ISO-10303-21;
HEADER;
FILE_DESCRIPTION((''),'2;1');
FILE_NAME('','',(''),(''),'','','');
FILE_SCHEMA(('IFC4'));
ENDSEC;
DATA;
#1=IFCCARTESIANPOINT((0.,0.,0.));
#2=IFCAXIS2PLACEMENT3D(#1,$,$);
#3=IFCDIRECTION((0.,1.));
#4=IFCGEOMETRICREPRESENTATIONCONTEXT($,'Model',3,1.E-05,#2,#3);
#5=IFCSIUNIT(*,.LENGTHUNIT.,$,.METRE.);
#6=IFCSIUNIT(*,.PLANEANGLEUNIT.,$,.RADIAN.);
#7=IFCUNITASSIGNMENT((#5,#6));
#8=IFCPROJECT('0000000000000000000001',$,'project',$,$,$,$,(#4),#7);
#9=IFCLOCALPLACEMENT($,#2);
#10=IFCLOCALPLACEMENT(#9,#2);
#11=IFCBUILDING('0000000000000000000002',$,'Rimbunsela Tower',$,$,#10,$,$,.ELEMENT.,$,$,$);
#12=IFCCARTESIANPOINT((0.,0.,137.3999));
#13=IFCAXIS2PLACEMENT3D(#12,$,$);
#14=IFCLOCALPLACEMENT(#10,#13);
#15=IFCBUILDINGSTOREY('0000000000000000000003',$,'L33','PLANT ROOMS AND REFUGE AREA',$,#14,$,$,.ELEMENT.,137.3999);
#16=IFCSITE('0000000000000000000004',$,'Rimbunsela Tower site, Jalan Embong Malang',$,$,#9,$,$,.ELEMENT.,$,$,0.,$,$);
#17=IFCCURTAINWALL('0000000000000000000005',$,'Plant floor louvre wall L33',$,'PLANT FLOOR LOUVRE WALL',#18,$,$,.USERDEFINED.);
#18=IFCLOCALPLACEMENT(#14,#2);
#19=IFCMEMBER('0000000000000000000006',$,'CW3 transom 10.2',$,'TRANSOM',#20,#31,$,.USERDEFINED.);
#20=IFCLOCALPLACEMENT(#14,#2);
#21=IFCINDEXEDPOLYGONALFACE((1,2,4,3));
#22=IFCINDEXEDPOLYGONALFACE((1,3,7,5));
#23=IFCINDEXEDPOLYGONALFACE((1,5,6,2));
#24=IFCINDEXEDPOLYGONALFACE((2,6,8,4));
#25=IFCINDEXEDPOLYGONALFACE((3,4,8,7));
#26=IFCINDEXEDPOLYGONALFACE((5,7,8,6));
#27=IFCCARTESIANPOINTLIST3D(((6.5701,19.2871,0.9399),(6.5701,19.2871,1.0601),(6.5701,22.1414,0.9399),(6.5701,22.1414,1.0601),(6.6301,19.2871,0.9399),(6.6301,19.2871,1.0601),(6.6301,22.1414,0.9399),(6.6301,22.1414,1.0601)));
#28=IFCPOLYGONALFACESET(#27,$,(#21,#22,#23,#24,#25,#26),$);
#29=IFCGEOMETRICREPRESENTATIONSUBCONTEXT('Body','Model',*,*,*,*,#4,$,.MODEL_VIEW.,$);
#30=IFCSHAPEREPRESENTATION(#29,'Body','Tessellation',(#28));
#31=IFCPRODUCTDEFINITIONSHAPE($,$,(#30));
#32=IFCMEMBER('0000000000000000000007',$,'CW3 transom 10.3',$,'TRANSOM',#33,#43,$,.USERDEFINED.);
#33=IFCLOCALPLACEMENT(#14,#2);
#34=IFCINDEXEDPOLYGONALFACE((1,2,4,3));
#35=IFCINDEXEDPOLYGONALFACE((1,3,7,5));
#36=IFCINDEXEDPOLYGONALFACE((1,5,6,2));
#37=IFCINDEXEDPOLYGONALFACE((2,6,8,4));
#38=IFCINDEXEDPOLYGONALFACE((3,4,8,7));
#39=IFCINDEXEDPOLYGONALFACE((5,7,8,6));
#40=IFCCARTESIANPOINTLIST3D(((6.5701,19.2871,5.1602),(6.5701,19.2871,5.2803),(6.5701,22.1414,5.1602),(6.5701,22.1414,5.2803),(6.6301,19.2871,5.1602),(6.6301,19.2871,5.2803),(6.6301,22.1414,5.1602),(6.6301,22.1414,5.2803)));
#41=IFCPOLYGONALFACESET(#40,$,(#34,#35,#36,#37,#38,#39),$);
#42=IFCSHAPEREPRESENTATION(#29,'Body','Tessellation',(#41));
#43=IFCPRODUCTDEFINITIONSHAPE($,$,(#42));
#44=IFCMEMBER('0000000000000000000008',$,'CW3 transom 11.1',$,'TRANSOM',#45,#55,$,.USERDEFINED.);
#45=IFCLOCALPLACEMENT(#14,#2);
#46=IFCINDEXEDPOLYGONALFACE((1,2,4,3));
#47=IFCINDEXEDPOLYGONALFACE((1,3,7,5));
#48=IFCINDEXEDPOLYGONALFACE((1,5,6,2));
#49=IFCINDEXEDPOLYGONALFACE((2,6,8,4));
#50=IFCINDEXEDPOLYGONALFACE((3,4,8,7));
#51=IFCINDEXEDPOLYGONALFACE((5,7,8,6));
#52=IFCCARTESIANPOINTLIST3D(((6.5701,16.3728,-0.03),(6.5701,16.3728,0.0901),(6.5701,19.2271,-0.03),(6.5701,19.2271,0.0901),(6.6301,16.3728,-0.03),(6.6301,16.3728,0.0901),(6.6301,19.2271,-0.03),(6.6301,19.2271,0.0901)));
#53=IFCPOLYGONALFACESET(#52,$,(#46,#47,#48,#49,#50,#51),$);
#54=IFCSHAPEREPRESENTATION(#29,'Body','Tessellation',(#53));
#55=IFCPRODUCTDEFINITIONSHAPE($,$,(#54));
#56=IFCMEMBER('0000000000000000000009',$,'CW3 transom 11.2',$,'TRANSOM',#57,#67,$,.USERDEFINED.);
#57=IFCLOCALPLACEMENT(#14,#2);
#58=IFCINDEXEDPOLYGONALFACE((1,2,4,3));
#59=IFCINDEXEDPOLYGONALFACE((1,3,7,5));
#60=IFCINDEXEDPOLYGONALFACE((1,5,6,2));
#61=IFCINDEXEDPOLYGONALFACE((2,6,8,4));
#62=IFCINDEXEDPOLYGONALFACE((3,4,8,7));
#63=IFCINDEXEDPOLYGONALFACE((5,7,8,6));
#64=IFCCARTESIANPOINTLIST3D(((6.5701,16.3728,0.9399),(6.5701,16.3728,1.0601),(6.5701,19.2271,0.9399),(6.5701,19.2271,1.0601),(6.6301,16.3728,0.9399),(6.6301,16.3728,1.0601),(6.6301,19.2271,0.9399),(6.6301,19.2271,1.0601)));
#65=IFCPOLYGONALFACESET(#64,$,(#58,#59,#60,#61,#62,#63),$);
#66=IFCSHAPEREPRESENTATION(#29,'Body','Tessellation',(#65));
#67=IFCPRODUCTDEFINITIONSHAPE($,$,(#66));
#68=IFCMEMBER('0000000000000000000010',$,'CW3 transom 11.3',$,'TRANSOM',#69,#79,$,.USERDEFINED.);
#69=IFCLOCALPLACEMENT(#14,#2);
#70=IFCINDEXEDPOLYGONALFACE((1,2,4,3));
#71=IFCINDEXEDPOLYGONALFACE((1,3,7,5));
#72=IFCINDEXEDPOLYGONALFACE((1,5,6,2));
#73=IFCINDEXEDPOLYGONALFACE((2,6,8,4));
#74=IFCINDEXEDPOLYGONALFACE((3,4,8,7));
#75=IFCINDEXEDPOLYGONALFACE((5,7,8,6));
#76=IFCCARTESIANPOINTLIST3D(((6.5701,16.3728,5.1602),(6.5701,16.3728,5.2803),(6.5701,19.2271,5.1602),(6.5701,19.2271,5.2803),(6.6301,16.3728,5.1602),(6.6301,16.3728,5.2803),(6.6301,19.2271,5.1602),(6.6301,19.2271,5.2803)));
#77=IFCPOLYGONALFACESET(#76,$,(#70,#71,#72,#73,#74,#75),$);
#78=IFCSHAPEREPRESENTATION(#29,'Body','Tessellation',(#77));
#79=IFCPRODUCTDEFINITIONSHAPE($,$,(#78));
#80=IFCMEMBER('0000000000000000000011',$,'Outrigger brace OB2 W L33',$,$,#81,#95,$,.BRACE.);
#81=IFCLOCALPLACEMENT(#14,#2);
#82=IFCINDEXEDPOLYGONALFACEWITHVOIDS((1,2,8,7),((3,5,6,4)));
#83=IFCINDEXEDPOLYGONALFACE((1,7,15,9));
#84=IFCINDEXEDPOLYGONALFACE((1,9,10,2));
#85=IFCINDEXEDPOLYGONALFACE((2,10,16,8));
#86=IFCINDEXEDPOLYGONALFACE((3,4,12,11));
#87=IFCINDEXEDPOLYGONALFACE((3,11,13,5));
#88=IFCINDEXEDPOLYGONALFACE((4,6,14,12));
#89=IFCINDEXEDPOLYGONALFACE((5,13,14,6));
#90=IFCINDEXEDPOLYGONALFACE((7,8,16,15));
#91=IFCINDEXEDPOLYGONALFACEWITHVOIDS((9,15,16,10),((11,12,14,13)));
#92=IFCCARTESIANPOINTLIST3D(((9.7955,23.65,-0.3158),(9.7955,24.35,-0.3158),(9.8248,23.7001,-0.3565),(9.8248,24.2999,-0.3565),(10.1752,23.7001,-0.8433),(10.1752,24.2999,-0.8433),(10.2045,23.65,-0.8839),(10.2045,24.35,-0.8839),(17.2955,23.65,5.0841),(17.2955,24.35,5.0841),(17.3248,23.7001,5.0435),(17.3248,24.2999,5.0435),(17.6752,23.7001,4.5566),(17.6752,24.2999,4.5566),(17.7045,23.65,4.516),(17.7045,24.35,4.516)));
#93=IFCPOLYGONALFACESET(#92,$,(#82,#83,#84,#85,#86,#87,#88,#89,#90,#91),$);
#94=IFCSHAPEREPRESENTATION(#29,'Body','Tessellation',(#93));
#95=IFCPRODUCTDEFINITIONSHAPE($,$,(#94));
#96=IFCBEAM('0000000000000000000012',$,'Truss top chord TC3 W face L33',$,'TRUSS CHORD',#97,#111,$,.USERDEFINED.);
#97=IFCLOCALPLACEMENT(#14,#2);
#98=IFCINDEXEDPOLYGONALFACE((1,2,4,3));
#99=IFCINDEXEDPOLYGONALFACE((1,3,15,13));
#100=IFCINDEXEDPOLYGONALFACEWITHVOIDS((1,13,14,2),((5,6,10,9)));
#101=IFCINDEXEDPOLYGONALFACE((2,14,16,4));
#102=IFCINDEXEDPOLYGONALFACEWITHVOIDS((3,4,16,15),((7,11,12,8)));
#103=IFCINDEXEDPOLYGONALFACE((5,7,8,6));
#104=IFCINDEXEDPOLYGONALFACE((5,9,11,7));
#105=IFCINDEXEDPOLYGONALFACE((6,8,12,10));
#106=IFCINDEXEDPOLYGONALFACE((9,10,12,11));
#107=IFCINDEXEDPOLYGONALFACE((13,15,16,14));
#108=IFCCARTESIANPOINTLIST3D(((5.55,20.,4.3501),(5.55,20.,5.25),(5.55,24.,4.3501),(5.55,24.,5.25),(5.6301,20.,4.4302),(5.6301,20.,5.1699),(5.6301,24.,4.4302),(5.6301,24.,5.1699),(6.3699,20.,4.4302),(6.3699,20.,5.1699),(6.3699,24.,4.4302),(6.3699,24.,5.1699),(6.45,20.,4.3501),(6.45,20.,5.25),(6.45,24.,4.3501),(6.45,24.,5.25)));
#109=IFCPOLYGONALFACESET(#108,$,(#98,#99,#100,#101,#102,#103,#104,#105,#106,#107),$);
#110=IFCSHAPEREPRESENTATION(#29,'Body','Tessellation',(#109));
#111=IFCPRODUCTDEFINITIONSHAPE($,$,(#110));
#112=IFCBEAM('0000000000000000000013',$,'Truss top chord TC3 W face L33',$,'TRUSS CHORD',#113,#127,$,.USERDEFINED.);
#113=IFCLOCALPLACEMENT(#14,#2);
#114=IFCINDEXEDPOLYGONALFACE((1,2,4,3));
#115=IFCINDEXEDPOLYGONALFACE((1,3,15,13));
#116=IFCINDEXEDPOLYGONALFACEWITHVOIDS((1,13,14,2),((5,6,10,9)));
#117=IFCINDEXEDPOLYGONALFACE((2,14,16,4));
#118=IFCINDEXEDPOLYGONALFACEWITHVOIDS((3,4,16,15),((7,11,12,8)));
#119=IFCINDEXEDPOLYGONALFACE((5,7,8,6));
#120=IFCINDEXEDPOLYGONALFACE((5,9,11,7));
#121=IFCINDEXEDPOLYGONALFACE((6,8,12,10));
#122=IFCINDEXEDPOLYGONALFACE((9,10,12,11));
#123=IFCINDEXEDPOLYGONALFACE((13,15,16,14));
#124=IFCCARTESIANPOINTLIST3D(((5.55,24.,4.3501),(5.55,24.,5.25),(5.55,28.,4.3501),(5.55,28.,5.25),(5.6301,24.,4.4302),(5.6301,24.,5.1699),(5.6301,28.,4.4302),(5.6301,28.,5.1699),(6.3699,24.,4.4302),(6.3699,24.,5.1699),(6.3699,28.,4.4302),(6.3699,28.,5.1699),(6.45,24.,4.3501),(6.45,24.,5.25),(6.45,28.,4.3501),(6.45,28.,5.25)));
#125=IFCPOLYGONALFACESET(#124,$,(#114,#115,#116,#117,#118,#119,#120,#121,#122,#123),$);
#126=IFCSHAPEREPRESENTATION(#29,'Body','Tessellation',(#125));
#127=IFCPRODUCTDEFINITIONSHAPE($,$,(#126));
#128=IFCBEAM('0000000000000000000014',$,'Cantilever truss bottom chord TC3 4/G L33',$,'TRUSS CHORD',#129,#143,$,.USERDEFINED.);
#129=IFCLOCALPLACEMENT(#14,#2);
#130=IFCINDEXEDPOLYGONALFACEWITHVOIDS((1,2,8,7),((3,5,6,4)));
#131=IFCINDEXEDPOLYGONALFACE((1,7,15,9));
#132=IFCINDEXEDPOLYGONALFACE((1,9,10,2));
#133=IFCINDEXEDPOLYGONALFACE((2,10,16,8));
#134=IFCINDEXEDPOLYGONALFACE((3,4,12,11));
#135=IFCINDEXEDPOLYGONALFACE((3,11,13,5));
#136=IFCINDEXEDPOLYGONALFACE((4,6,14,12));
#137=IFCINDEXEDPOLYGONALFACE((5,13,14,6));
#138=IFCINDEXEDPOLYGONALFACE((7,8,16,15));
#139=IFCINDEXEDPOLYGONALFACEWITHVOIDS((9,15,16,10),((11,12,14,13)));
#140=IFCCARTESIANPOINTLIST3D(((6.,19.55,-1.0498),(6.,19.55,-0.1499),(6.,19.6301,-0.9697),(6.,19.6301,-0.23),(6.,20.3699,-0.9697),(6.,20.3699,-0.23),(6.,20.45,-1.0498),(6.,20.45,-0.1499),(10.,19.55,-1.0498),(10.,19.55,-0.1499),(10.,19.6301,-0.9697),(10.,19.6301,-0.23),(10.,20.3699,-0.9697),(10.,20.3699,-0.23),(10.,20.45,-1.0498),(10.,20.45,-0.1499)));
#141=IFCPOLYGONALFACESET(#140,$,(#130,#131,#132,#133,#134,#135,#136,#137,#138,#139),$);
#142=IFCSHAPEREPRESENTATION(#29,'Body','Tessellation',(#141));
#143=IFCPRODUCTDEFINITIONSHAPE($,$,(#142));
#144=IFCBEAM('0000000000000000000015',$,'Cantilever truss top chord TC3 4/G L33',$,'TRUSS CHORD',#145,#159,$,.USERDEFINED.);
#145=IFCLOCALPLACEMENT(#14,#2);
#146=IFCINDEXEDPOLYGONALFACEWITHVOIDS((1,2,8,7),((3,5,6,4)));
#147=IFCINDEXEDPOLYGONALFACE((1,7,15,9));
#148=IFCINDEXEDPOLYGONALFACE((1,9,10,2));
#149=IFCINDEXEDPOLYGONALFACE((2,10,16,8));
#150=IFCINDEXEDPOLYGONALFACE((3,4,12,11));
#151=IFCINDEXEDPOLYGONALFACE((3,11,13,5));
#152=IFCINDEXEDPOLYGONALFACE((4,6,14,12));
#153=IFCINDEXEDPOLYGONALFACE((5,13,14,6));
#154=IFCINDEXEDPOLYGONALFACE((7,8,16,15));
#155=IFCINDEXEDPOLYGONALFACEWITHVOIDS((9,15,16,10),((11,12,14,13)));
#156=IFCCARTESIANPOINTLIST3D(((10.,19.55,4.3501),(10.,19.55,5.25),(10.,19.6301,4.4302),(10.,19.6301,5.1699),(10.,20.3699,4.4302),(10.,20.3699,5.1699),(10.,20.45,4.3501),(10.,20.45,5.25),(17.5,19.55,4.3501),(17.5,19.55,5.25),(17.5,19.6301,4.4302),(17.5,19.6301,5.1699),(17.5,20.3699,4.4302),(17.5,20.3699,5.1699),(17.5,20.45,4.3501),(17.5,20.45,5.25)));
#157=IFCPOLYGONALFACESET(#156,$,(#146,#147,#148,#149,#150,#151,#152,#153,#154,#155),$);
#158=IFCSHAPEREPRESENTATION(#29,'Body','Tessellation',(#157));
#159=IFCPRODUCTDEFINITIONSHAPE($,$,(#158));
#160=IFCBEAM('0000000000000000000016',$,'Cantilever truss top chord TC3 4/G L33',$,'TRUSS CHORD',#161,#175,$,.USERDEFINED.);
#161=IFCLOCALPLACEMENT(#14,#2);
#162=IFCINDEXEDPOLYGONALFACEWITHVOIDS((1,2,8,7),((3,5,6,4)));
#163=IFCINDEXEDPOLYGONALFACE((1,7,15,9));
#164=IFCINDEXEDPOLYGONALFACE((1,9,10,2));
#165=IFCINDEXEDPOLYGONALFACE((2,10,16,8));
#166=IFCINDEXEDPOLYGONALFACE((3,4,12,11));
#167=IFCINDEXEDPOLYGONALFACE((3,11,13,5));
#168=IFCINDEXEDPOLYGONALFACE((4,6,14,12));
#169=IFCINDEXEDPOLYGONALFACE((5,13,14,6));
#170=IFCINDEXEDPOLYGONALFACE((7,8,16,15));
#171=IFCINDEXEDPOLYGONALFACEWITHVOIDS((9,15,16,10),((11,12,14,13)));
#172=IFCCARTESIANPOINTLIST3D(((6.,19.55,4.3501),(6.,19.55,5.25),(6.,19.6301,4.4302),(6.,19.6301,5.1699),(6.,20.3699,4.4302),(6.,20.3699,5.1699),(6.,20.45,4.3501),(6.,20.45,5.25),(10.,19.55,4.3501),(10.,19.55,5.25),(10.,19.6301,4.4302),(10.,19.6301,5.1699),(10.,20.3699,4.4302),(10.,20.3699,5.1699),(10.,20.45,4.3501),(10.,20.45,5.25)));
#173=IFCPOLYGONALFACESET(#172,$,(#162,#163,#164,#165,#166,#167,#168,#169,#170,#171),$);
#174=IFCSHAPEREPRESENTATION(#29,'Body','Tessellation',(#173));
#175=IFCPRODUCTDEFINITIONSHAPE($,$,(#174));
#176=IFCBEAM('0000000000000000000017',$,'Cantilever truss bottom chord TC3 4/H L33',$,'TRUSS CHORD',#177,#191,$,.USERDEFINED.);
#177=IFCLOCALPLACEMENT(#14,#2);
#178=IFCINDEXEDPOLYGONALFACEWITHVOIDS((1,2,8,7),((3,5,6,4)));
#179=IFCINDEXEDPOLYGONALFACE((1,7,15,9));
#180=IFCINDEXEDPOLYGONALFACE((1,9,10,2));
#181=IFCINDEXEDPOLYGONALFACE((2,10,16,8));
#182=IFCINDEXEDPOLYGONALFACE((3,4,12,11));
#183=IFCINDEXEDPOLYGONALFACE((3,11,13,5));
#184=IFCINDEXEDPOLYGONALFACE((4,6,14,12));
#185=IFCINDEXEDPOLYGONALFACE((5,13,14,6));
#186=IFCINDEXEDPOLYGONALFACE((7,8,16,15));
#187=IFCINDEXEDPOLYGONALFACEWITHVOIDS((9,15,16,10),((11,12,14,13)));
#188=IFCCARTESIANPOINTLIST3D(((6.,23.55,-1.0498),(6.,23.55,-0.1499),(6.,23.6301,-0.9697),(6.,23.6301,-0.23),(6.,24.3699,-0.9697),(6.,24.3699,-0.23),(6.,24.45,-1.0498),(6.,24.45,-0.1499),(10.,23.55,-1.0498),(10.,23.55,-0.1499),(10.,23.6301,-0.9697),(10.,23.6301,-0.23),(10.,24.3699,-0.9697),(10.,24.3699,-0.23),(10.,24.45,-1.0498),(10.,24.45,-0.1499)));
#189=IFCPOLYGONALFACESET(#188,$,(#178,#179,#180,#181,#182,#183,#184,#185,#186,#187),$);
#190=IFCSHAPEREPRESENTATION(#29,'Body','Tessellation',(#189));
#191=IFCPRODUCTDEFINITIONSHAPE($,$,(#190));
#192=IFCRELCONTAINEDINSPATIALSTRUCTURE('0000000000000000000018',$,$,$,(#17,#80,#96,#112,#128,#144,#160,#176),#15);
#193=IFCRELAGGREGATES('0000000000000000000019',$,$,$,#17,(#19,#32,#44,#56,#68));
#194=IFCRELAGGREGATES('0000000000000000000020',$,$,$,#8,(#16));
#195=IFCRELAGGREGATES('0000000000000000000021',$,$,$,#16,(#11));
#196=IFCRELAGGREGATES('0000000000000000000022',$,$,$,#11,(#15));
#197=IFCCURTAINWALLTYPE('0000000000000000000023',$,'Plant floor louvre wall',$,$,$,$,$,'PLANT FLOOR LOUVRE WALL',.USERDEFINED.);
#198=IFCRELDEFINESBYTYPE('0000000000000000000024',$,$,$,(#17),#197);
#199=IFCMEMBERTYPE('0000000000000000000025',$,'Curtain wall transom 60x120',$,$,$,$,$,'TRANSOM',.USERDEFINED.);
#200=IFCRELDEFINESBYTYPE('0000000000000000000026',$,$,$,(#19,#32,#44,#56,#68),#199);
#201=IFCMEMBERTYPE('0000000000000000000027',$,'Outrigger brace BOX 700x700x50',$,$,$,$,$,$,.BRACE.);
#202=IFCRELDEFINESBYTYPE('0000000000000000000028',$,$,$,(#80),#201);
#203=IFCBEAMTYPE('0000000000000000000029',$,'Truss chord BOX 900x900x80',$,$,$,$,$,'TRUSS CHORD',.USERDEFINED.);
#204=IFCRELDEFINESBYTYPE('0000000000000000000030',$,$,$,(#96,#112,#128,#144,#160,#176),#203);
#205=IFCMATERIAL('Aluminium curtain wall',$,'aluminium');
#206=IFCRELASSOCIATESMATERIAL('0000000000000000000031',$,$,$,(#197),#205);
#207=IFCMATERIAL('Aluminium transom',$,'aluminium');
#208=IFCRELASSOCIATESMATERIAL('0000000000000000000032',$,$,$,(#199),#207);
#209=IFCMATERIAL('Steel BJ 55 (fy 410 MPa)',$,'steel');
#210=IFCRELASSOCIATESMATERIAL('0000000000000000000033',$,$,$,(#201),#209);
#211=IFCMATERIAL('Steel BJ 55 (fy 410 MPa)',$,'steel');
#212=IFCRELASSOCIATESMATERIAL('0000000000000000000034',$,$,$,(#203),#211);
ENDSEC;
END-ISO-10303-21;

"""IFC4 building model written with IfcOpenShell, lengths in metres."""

from ifc_helpers import new_model, si_unit, direction, frame, origin, origin_2d, place, context, subcontext, project, spatial, rectangle, hollow_rectangle, extrude, material, material_profile, profile_set, type_object, element, aggregate, save


model = new_model("IFC4")

# Units and contexts
model_context = context("Model", 3, precision=1e-05, world=origin(), true_north=direction((0.0, 1.0)))
body_context = subcontext(model_context, "Body", "Model", "MODEL_VIEW")
ifc_project = project(units=[si_unit("LENGTHUNIT", "METRE"), si_unit("PLANEANGLEUNIT", "RADIAN")], contexts=[model_context])

# Site, building, storey
site_placement = place(None, origin())
site = spatial("IfcSite", under=ifc_project, at=site_placement, Name="Rimbunsela Tower site, Jalan Embong Malang", CompositionType="ELEMENT", RefElevation=0.0)
building_placement = place(site_placement, origin())
building = spatial("IfcBuilding", under=site, at=building_placement, Name="Rimbunsela Tower", CompositionType="ELEMENT")
storey_placement = place(building_placement, frame((0.0, 0.0, 137.3999)))
storey = spatial("IfcBuildingStorey", under=building, at=storey_placement, Name="L33", Description="PLANT ROOMS AND REFUGE AREA", CompositionType="ELEMENT", Elevation=137.3999)

# Curtain wall, members
ifc_material_1 = material(Name="Aluminium curtain wall", Category="aluminium")
curtain_wall_type = type_object("IfcCurtainWallType", Name="Plant floor louvre wall", ElementType="PLANT FLOOR LOUVRE WALL", PredefinedType="USERDEFINED", material=ifc_material_1)
curtain_wall_placement = place(storey_placement, origin())
curtain_wall = element("IfcCurtainWall", 1, at=curtain_wall_placement, inside=storey, type_object=curtain_wall_type, Name="Plant floor louvre wall L33", ObjectType="PLANT FLOOR LOUVRE WALL", PredefinedType="USERDEFINED")
ifc_material_2 = material(Name="Aluminium transom", Category="aluminium")
ifc_material_profile_1 = material_profile(ifc_material_2, rectangle(XDim=0.0601, YDim=0.1201, at=origin_2d()), Name="Transom 60x120")
ifc_profile_set_1 = profile_set([ifc_material_profile_1], Name="Aluminium transom")
member_type_1 = type_object("IfcMemberType", Name="Curtain wall transom 60x120", ElementType="TRANSOM", PredefinedType="USERDEFINED", material=ifc_profile_set_1)
member_1_placement = place(storey_placement, frame((6.6001, 22.1414, 1.0), z_axis=(0.0, -1.0, 0.0), x_axis=(1.0, 0.0, 0.0)))
member_1 = element("IfcMember", 2, at=member_1_placement, type_object=member_type_1, Name="CW3 transom 10.2", ObjectType="TRANSOM", PredefinedType="USERDEFINED", context=body_context, shape_type="SweptSolid", body=[
    extrude(rectangle(XDim=0.0601, YDim=0.1201, at=origin_2d()), origin(), (0.0, 0.0, 1.0), 2.8542),
])
member_2_placement = place(storey_placement, frame((6.6001, 22.1414, 5.2202), z_axis=(0.0, -1.0, 0.0), x_axis=(1.0, 0.0, 0.0)))
member_2 = element("IfcMember", 3, at=member_2_placement, type_object=member_type_1, Name="CW3 transom 10.3", ObjectType="TRANSOM", PredefinedType="USERDEFINED", context=body_context, shape_type="SweptSolid", body=[
    extrude(rectangle(XDim=0.0601, YDim=0.1201, at=origin_2d()), origin(), (0.0, 0.0, 1.0), 2.8542),
])
member_3_placement = place(storey_placement, frame((6.6001, 19.2271, 0.03), z_axis=(0.0, -1.0, 0.0), x_axis=(1.0, 0.0, 0.0)))
member_3 = element("IfcMember", 4, at=member_3_placement, type_object=member_type_1, Name="CW3 transom 11.1", ObjectType="TRANSOM", PredefinedType="USERDEFINED", context=body_context, shape_type="SweptSolid", body=[
    extrude(rectangle(XDim=0.0601, YDim=0.1201, at=origin_2d()), origin(), (0.0, 0.0, 1.0), 2.8542),
])
member_4_placement = place(storey_placement, frame((6.6001, 19.2271, 1.0), z_axis=(0.0, -1.0, 0.0), x_axis=(1.0, 0.0, 0.0)))
member_4 = element("IfcMember", 5, at=member_4_placement, type_object=member_type_1, Name="CW3 transom 11.2", ObjectType="TRANSOM", PredefinedType="USERDEFINED", context=body_context, shape_type="SweptSolid", body=[
    extrude(rectangle(XDim=0.0601, YDim=0.1201, at=origin_2d()), origin(), (0.0, 0.0, 1.0), 2.8542),
])
member_5_placement = place(storey_placement, frame((6.6001, 19.2271, 5.2202), z_axis=(0.0, -1.0, 0.0), x_axis=(1.0, 0.0, 0.0)))
member_5 = element("IfcMember", 6, at=member_5_placement, type_object=member_type_1, Name="CW3 transom 11.3", ObjectType="TRANSOM", PredefinedType="USERDEFINED", context=body_context, shape_type="SweptSolid", body=[
    extrude(rectangle(XDim=0.0601, YDim=0.1201, at=origin_2d()), origin(), (0.0, 0.0, 1.0), 2.8542),
])

# Member
ifc_material_3 = material(Name="Steel BJ 55 (fy 410 MPa)", Category="steel")
ifc_material_profile_2 = material_profile(ifc_material_3, hollow_rectangle(XDim=0.7, YDim=0.7, WallThickness=0.05, at=origin_2d()), Name="BOX 700x700x50")
ifc_profile_set_2 = profile_set([ifc_material_profile_2], Name="Steel BJ 55 (fy 410 MPa)")
member_type_2 = type_object("IfcMemberType", Name="Outrigger brace BOX 700x700x50", PredefinedType="BRACE", material=ifc_profile_set_2)
member_6_placement = place(storey_placement, frame((10.0, 24.0, -0.5999), z_axis=(0.811539, 0.0, 0.584298), x_axis=(0.0, 1.0, 0.0)))
element("IfcMember", 7, at=member_6_placement, inside=storey, type_object=member_type_2, Name="Outrigger brace OB2 W L33", PredefinedType="BRACE", context=body_context, shape_type="SweptSolid", body=[
    extrude(hollow_rectangle(XDim=0.7, YDim=0.7, WallThickness=0.05, at=origin_2d()), origin(), (0.0, 0.0, 1.0), 9.2417),
])

# Beams
ifc_material_4 = material(Name="Steel BJ 55 (fy 410 MPa)", Category="steel")
ifc_material_profile_3 = material_profile(ifc_material_4, hollow_rectangle(XDim=0.8999, YDim=0.8999, WallThickness=0.0801, at=origin_2d()), Name="BOX 900x900x80")
ifc_profile_set_3 = profile_set([ifc_material_profile_3], Name="Steel BJ 55 (fy 410 MPa)")
beam_type_1 = type_object("IfcBeamType", Name="Truss chord BOX 900x900x80", ElementType="TRUSS CHORD", PredefinedType="USERDEFINED", material=ifc_profile_set_3)
for number, where, z_axis, x_axis, name in (
    (8, (6.0, 20.0, 4.8), (0.0, 1.0, 0.0), (-1.0, 0.0, 0.0), "Truss top chord TC3 W face L33"),
    (9, (6.0, 24.0, 4.8), (0.0, 1.0, 0.0), (-1.0, 0.0, 0.0), "Truss top chord TC3 W face L33"),
    (10, (10.0, 20.0, -0.5999), (-1.0, 0.0, 0.0), (0.0, -1.0, 0.0), "Cantilever truss bottom chord TC3 4/G L33"),
):
    element("IfcBeam", number, at=place(storey_placement, frame(where, z_axis=z_axis, x_axis=x_axis)), inside=storey, type_object=beam_type_1, Name=name, ObjectType="TRUSS CHORD", PredefinedType="USERDEFINED", context=body_context, shape_type="SweptSolid", body=[
        extrude(hollow_rectangle(XDim=0.8999, YDim=0.8999, WallThickness=0.0801, at=origin_2d()), origin(), (0.0, 0.0, 1.0), 4.0),
    ])
beam_1_placement = place(storey_placement, frame((17.5, 20.0, 4.8), z_axis=(-1.0, 0.0, 0.0), x_axis=(0.0, -1.0, 0.0)))
element("IfcBeam", 11, at=beam_1_placement, inside=storey, type_object=beam_type_1, Name="Cantilever truss top chord TC3 4/G L33", ObjectType="TRUSS CHORD", PredefinedType="USERDEFINED", context=body_context, shape_type="SweptSolid", body=[
    extrude(hollow_rectangle(XDim=0.8999, YDim=0.8999, WallThickness=0.0801, at=origin_2d()), origin(), (0.0, 0.0, 1.0), 7.5),
])
for number, where, z_axis, x_axis, name in (
    (12, (10.0, 20.0, 4.8), (-1.0, 0.0, 0.0), (0.0, -1.0, 0.0), "Cantilever truss top chord TC3 4/G L33"),
    (13, (10.0, 24.0, -0.5999), (-1.0, 0.0, 0.0), (0.0, -1.0, 0.0), "Cantilever truss bottom chord TC3 4/H L33"),
):
    element("IfcBeam", number, at=place(storey_placement, frame(where, z_axis=z_axis, x_axis=x_axis)), inside=storey, type_object=beam_type_1, Name=name, ObjectType="TRUSS CHORD", PredefinedType="USERDEFINED", context=body_context, shape_type="SweptSolid", body=[
        extrude(hollow_rectangle(XDim=0.8999, YDim=0.8999, WallThickness=0.0801, at=origin_2d()), origin(), (0.0, 0.0, 1.0), 4.0),
    ])

aggregate(curtain_wall, [member_1, member_2, member_3, member_4, member_5])

save(model, "model.ifc")
